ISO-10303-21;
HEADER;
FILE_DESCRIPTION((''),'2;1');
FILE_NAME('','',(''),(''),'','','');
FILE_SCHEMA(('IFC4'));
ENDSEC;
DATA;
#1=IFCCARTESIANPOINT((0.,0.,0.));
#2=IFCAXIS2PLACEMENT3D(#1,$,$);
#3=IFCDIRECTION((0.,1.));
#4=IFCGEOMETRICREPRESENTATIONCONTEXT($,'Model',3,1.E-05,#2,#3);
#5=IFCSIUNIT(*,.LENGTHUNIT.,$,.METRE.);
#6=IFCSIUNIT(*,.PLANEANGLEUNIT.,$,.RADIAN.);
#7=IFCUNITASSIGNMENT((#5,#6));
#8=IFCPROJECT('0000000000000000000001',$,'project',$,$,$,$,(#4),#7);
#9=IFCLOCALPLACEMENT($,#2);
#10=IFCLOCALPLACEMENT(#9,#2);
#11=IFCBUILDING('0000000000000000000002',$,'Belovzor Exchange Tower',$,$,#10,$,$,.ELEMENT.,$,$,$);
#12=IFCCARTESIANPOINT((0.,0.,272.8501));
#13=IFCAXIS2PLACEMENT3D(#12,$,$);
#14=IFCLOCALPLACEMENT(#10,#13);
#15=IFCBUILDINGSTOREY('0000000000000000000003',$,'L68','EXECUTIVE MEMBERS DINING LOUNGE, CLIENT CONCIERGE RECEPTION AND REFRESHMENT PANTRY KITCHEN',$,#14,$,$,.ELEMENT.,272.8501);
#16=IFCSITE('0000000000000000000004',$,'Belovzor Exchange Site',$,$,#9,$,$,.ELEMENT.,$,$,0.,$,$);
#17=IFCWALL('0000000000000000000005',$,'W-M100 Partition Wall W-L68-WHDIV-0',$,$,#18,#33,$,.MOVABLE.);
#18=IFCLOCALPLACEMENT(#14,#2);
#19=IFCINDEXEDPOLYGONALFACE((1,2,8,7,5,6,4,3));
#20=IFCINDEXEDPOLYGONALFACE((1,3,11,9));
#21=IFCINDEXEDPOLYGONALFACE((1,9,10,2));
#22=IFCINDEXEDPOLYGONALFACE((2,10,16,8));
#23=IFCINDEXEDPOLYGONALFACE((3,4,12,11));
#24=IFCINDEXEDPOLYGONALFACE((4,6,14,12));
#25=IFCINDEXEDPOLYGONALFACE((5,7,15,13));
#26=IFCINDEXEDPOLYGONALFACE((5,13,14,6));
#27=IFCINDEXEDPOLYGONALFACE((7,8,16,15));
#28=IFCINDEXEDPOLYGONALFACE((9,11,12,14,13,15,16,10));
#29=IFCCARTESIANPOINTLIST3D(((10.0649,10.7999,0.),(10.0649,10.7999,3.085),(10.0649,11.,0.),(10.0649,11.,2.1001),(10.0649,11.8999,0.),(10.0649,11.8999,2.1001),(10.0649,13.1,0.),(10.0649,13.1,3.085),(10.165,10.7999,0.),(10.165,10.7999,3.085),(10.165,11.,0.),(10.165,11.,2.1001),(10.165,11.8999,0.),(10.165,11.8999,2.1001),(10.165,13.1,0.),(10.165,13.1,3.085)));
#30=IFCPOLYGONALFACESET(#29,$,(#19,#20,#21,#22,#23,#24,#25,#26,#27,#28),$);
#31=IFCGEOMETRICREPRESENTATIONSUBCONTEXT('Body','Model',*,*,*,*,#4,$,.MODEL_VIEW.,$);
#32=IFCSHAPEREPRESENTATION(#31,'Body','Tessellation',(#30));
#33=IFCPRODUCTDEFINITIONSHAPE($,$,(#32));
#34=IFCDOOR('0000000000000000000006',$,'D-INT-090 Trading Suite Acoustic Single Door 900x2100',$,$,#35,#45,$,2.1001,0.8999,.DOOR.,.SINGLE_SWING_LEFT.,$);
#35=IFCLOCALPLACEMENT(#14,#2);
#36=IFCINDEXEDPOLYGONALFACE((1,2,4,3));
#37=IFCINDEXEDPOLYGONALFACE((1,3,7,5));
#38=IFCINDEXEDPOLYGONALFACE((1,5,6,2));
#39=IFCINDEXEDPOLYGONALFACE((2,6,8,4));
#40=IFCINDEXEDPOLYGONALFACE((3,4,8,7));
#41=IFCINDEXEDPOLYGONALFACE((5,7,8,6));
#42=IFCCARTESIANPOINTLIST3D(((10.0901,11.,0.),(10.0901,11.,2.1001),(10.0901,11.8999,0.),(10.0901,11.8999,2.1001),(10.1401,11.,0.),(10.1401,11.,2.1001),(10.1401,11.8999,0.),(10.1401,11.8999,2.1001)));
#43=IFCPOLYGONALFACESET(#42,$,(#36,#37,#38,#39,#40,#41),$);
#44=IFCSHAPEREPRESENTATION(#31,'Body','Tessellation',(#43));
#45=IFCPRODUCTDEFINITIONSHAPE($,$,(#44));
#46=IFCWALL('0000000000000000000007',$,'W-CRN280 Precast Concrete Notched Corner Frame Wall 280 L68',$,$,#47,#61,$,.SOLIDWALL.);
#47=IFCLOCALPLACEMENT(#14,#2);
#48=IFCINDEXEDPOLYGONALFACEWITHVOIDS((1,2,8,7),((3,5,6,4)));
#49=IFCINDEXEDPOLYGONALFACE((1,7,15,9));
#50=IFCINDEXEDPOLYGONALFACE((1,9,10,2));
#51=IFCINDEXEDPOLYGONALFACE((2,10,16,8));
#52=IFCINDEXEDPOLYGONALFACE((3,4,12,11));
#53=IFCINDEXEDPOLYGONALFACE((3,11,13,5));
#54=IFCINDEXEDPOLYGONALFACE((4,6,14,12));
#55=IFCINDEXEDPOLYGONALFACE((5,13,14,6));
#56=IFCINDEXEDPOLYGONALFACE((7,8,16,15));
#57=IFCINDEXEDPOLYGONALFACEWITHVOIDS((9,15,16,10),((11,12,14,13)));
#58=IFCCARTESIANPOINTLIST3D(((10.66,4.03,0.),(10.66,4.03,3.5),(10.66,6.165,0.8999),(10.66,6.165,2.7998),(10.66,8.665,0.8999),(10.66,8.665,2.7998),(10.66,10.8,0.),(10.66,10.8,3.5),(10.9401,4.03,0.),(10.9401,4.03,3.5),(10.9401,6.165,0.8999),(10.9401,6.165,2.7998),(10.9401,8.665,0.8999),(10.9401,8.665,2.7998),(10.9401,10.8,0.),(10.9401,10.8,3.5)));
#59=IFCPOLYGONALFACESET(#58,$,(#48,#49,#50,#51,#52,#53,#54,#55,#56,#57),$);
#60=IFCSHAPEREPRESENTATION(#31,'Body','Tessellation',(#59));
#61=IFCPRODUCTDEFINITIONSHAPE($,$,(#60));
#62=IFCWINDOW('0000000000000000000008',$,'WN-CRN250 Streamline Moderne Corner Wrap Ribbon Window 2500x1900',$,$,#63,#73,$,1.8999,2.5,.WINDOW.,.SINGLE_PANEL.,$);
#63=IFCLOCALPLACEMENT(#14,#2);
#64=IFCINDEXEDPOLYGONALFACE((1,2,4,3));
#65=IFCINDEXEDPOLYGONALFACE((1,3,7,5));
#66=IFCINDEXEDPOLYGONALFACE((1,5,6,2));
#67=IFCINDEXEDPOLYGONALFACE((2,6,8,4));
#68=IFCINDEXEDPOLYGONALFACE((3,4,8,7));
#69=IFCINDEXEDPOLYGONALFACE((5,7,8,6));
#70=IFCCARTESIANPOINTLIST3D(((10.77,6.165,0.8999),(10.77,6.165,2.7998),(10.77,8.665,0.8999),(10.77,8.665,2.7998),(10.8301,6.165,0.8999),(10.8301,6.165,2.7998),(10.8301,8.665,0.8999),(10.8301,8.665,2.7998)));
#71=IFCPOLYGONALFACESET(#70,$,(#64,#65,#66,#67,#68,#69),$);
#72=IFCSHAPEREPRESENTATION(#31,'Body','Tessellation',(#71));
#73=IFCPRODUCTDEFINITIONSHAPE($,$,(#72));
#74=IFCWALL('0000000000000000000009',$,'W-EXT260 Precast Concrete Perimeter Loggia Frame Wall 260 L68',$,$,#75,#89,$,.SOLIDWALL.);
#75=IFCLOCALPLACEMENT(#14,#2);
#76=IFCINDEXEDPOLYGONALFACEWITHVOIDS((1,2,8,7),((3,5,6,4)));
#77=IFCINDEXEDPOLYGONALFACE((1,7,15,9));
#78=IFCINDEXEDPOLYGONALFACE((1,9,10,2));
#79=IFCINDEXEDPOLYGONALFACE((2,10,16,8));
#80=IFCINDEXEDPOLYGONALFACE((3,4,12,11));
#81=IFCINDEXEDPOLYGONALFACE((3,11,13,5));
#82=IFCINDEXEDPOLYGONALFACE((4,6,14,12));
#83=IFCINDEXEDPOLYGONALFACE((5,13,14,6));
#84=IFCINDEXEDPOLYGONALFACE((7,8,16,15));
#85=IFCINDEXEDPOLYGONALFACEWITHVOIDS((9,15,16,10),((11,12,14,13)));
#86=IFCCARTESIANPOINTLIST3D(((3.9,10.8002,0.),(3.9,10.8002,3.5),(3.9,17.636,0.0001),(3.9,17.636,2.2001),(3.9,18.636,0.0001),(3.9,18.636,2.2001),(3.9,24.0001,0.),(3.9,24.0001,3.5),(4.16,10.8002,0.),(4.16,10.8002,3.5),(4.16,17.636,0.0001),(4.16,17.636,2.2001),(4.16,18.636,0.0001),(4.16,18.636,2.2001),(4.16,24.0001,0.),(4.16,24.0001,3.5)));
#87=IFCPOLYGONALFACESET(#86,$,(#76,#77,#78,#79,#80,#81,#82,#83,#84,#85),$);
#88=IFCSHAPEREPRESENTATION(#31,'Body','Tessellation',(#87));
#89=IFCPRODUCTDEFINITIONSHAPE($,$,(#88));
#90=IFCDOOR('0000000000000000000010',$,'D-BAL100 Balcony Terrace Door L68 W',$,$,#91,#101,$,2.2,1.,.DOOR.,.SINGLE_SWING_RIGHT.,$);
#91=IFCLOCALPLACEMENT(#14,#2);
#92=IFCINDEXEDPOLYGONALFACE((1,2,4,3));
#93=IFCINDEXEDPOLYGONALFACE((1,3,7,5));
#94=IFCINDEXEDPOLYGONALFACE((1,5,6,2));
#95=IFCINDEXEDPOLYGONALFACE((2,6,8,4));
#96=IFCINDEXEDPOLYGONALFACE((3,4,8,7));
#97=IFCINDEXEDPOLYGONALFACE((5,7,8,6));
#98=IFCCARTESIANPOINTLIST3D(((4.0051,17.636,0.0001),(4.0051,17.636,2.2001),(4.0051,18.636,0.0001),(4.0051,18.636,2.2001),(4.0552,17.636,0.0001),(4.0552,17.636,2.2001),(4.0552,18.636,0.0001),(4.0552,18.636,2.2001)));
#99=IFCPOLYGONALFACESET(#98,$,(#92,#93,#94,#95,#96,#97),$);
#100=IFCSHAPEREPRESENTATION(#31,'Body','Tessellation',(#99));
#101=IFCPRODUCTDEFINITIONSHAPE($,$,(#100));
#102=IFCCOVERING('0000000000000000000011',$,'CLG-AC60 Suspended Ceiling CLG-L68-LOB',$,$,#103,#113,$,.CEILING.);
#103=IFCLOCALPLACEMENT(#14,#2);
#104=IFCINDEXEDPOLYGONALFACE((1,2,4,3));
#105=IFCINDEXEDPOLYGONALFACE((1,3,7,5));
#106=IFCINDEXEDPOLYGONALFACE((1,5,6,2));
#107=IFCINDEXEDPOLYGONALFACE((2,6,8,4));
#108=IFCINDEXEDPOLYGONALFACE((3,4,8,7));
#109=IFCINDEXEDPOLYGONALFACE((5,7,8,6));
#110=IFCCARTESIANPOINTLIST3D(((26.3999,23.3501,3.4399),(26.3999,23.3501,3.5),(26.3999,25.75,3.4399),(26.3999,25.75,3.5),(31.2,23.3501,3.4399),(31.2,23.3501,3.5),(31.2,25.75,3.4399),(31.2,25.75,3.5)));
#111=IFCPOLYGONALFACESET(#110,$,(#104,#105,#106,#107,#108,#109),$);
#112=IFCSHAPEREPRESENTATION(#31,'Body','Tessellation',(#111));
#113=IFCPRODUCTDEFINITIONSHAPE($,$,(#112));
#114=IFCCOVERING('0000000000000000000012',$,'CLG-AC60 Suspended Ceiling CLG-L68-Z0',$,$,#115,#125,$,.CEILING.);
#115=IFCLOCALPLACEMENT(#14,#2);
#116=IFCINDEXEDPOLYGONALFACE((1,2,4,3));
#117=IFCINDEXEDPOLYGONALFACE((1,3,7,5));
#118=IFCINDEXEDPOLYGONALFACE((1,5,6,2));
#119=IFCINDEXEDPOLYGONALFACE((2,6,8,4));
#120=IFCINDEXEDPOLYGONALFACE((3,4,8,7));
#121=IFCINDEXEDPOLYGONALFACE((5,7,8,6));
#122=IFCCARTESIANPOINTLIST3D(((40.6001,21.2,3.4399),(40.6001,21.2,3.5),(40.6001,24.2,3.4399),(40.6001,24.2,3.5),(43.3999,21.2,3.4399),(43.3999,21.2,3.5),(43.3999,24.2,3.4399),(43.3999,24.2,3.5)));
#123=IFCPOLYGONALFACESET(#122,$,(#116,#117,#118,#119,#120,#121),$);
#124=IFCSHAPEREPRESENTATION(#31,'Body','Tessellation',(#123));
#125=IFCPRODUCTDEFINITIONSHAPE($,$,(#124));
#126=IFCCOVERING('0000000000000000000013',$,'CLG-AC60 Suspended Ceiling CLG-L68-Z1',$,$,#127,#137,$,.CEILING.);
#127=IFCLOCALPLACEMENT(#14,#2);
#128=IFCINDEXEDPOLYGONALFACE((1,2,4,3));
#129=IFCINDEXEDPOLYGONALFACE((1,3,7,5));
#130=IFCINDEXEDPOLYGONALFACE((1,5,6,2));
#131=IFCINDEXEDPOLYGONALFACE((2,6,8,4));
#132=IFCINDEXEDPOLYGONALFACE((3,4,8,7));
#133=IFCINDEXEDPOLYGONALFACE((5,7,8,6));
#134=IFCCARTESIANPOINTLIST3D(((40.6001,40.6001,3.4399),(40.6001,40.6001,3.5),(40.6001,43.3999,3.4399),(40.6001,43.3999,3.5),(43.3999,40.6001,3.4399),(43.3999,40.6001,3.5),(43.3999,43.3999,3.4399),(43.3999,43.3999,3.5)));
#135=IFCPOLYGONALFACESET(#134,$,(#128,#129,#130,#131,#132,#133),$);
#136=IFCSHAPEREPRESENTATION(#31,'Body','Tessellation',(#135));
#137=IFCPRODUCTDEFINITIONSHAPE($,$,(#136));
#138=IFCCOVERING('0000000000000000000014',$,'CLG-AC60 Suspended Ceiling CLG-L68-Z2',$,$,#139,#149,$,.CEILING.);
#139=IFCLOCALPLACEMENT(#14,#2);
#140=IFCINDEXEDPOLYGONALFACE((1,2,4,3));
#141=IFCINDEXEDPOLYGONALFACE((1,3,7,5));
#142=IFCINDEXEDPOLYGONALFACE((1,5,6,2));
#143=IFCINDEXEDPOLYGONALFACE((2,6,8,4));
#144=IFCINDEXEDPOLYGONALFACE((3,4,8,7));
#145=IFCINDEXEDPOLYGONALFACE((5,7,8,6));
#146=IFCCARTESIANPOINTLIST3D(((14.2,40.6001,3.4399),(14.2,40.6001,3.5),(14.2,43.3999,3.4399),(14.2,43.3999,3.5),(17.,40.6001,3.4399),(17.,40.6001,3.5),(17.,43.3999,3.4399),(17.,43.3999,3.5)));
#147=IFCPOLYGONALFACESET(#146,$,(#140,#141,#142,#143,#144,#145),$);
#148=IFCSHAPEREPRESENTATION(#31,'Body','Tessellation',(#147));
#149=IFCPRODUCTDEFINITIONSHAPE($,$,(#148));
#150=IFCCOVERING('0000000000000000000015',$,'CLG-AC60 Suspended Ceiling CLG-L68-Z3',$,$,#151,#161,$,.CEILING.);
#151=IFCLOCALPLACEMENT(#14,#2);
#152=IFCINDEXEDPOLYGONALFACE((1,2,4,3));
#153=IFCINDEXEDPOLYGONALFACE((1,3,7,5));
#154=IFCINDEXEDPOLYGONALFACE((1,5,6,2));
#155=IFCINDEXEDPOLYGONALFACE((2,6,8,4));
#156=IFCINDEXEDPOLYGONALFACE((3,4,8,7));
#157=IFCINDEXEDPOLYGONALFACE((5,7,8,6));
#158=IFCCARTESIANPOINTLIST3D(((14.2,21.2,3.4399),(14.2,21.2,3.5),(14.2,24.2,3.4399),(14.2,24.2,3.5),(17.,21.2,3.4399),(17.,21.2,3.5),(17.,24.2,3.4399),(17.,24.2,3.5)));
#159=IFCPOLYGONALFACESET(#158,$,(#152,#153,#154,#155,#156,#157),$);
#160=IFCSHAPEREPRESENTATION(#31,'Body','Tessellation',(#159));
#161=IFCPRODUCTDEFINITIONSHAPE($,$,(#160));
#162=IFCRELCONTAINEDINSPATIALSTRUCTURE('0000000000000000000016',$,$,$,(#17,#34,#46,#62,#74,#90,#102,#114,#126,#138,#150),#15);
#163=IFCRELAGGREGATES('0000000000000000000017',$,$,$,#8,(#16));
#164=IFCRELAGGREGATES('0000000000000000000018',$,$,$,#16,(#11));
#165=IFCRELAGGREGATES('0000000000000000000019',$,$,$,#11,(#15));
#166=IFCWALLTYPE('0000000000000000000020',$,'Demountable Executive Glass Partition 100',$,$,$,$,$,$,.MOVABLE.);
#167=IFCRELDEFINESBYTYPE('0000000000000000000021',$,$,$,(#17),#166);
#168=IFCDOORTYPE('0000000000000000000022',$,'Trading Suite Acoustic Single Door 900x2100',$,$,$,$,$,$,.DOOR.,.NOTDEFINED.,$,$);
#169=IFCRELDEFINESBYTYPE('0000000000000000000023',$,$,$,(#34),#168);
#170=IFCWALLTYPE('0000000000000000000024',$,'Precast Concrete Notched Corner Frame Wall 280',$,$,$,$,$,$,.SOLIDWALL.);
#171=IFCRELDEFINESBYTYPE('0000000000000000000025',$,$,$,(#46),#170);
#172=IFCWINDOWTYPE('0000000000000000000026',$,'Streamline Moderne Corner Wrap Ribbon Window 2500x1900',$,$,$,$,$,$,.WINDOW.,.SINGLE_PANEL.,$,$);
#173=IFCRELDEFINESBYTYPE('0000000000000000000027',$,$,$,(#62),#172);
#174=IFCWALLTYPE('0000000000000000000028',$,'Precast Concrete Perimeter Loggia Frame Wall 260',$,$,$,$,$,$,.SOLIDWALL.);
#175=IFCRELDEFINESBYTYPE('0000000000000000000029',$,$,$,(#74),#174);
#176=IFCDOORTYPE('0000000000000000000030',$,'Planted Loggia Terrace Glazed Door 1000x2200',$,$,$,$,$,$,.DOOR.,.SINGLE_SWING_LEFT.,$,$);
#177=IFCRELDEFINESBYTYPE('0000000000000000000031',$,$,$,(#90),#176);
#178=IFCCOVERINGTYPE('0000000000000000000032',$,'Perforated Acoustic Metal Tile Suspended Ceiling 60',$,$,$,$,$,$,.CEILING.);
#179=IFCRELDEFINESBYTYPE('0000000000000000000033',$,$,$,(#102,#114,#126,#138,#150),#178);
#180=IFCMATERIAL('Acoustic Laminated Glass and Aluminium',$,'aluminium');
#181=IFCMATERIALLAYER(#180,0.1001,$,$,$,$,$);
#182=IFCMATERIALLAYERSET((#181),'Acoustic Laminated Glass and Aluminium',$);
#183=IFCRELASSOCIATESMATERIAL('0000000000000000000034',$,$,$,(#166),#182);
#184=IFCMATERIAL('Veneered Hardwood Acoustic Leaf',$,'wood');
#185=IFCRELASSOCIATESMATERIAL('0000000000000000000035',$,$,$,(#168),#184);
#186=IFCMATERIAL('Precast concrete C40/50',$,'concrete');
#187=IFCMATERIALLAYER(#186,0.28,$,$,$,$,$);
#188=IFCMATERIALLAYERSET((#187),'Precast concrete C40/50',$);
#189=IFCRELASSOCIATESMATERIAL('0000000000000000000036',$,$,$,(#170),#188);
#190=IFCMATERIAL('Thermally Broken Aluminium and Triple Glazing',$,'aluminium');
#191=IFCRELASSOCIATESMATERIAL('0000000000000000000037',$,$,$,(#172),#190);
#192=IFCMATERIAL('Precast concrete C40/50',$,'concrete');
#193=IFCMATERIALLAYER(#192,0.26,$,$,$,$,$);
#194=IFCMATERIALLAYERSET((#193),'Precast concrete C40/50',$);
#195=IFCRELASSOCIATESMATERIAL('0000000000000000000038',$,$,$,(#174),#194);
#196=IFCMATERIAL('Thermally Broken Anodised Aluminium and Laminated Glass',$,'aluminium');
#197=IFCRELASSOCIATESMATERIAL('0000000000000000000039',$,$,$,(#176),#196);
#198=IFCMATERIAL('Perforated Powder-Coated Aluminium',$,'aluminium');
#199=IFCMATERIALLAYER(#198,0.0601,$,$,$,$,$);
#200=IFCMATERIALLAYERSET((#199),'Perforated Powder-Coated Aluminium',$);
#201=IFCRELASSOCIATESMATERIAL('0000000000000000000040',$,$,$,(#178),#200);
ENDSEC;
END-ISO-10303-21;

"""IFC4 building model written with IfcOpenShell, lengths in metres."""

from ifc_helpers import new_model, si_unit, direction, frame, frame_2d, origin, place, context, subcontext, project, spatial, polyline, rectangle, outline, extrude, material, layer, layer_set, type_object, element, fill, save


model = new_model("IFC4")

# Units and contexts
model_context = context("Model", 3, precision=1e-05, world=origin(), true_north=direction((0.0, 1.0)))
body_context = subcontext(model_context, "Body", "Model", "MODEL_VIEW")
ifc_project = project(units=[si_unit("LENGTHUNIT", "METRE"), si_unit("PLANEANGLEUNIT", "RADIAN")], contexts=[model_context])

# Site, building, storey
site_placement = place(None, origin())
site = spatial("IfcSite", under=ifc_project, at=site_placement, Name="Belovzor Exchange Site", CompositionType="ELEMENT", RefElevation=0.0)
building_placement = place(site_placement, origin())
building = spatial("IfcBuilding", under=site, at=building_placement, Name="Belovzor Exchange Tower", CompositionType="ELEMENT")
storey_placement = place(building_placement, frame((0.0, 0.0, 272.8501)))
storey = spatial("IfcBuildingStorey", under=building, at=storey_placement, Name="L68", Description="EXECUTIVE MEMBERS DINING LOUNGE, CLIENT CONCIERGE RECEPTION AND REFRESHMENT PANTRY KITCHEN", CompositionType="ELEMENT", Elevation=272.8501)

# Wall, opening, door
ifc_material_1 = material(Name="Acoustic Laminated Glass and Aluminium", Category="aluminium")
ifc_layer_1 = layer(ifc_material_1, 0.1001)
ifc_layer_set_1 = layer_set([ifc_layer_1], Name="Acoustic Laminated Glass and Aluminium")
wall_type_1 = type_object("IfcWallType", Name="Demountable Executive Glass Partition 100", PredefinedType="MOVABLE", material=ifc_layer_set_1)
wall_1_placement = place(storey_placement, frame((10.115, 10.8, 0.0), z_axis=(0.0, 0.0, 1.0), x_axis=(0.0, 1.0, 0.0)))
wall_1 = element("IfcWall", 1, at=wall_1_placement, inside=storey, type_object=wall_type_1, Name="W-M100 Partition Wall W-L68-WHDIV-0", PredefinedType="MOVABLE", context=body_context, shape_type="SweptSolid", body=[
    extrude(rectangle(XDim=2.3, YDim=0.1001, at=frame_2d((1.1499, 0.0))), origin(), (0.0, 0.0, 1.0), 3.085),
])
opening_1_placement = place(wall_1_placement, frame((0.2, 0.0, 0.0)))
opening_1 = element("IfcOpeningElement", 2, at=opening_1_placement, cuts=wall_1, PredefinedType="OPENING", context=body_context, shape_type="SweptSolid", body=[
    extrude(rectangle(XDim=0.8999, YDim=2.1001, at=frame_2d((0.45, 1.05))), frame((0.0, 0.0601, 0.0), z_axis=(0.0, -1.0, 0.0), x_axis=(1.0, 0.0, 0.0)), (0.0, 0.0, 1.0), 0.1201),
])
ifc_material_2 = material(Name="Veneered Hardwood Acoustic Leaf", Category="wood")
door_type_1 = type_object("IfcDoorType", Name="Trading Suite Acoustic Single Door 900x2100", OperationType="NOTDEFINED", PredefinedType="DOOR", material=ifc_material_2)
door_1_placement = place(opening_1_placement, origin())
door_1 = element("IfcDoor", 3, at=door_1_placement, inside=storey, type_object=door_type_1, Name="D-INT-090 Trading Suite Acoustic Single Door 900x2100", OperationType="SINGLE_SWING_LEFT", OverallHeight=2.1001, OverallWidth=0.8999, PredefinedType="DOOR", context=body_context, shape_type="SweptSolid", body=[
    extrude(rectangle(XDim=0.8999, YDim=2.1001, at=frame_2d((0.45, 1.05))), frame((0.0, 0.0249, 0.0), z_axis=(0.0, -1.0, 0.0), x_axis=(1.0, 0.0, 0.0)), (0.0, 0.0, 1.0), 0.05),
])
fill(opening_1, door_1)

# Wall, opening, window
ifc_material_3 = material(Name="Precast concrete C40/50", Category="concrete")
ifc_layer_2 = layer(ifc_material_3, 0.28)
ifc_layer_set_2 = layer_set([ifc_layer_2], Name="Precast concrete C40/50")
wall_type_2 = type_object("IfcWallType", Name="Precast Concrete Notched Corner Frame Wall 280", PredefinedType="SOLIDWALL", material=ifc_layer_set_2)
wall_2_placement = place(storey_placement, frame((10.8, 4.03, 0.0), z_axis=(0.0, 0.0, 1.0), x_axis=(0.0, 1.0, 0.0)))
wall_2 = element("IfcWall", 4, at=wall_2_placement, inside=storey, type_object=wall_type_2, Name="W-CRN280 Precast Concrete Notched Corner Frame Wall 280 L68", PredefinedType="SOLIDWALL", context=body_context, shape_type="SweptSolid", body=[
    extrude(rectangle(XDim=6.77, YDim=0.28, at=frame_2d((3.385, 0.0))), origin(), (0.0, 0.0, 1.0), 3.5),
])
opening_2_placement = place(wall_2_placement, frame((2.135, 0.0, 0.8999)))
opening_2 = element("IfcOpeningElement", 5, at=opening_2_placement, cuts=wall_2, PredefinedType="OPENING", context=body_context, shape_type="SweptSolid", body=[
    extrude(rectangle(XDim=2.5, YDim=1.8999, at=frame_2d((1.25, 0.95))), frame((0.0, 0.1499, 0.0), z_axis=(0.0, -1.0, 0.0), x_axis=(1.0, 0.0, 0.0)), (0.0, 0.0, 1.0), 0.3),
])
ifc_material_4 = material(Name="Thermally Broken Aluminium and Triple Glazing", Category="aluminium")
window_type = type_object("IfcWindowType", Name="Streamline Moderne Corner Wrap Ribbon Window 2500x1900", PartitioningType="SINGLE_PANEL", PredefinedType="WINDOW", material=ifc_material_4)
window_placement = place(opening_2_placement, origin())
window = element("IfcWindow", 6, at=window_placement, inside=storey, type_object=window_type, Name="WN-CRN250 Streamline Moderne Corner Wrap Ribbon Window 2500x1900", OverallHeight=1.8999, OverallWidth=2.5, PartitioningType="SINGLE_PANEL", PredefinedType="WINDOW", context=body_context, shape_type="SweptSolid", body=[
    extrude(rectangle(XDim=2.5, YDim=1.8999, at=frame_2d((1.25, 0.95))), frame((0.0, 0.03, 0.0), z_axis=(0.0, -1.0, 0.0), x_axis=(1.0, 0.0, 0.0)), (0.0, 0.0, 1.0), 0.0601),
])
fill(opening_2, window)

# Wall, opening, door
ifc_material_5 = material(Name="Precast concrete C40/50", Category="concrete")
ifc_layer_3 = layer(ifc_material_5, 0.26)
ifc_layer_set_3 = layer_set([ifc_layer_3], Name="Precast concrete C40/50")
wall_type_3 = type_object("IfcWallType", Name="Precast Concrete Perimeter Loggia Frame Wall 260", PredefinedType="SOLIDWALL", material=ifc_layer_set_3)
wall_3_placement = place(storey_placement, frame((4.03, 10.8, 0.0), z_axis=(0.0, 0.0, 1.0), x_axis=(0.0, 1.0, 0.0)))
wall_3 = element("IfcWall", 7, at=wall_3_placement, inside=storey, type_object=wall_type_3, Name="W-EXT260 Precast Concrete Perimeter Loggia Frame Wall 260 L68", PredefinedType="SOLIDWALL", context=body_context, shape_type="SweptSolid", body=[
    extrude(rectangle(XDim=13.2, YDim=0.26, at=frame_2d((6.6001, 0.0))), origin(), (0.0, 0.0, 1.0), 3.5),
])
opening_3_placement = place(wall_3_placement, frame((6.8359, 0.0, 0.0)))
opening_3 = element("IfcOpeningElement", 8, at=opening_3_placement, cuts=wall_3, PredefinedType="OPENING", context=body_context, shape_type="SweptSolid", body=[
    extrude(rectangle(XDim=1.0, YDim=2.2, at=frame_2d((0.5, 1.1001))), frame((0.0, 0.1399, 0.0), z_axis=(0.0, -1.0, 0.0), x_axis=(1.0, 0.0, 0.0)), (0.0, 0.0, 1.0), 0.28),
])
ifc_material_6 = material(Name="Thermally Broken Anodised Aluminium and Laminated Glass", Category="aluminium")
door_type_2 = type_object("IfcDoorType", Name="Planted Loggia Terrace Glazed Door 1000x2200", OperationType="SINGLE_SWING_LEFT", PredefinedType="DOOR", material=ifc_material_6)
door_2_placement = place(opening_3_placement, origin())
door_2 = element("IfcDoor", 9, at=door_2_placement, inside=storey, type_object=door_type_2, Name="D-BAL100 Balcony Terrace Door L68 W", OperationType="SINGLE_SWING_RIGHT", OverallHeight=2.2, OverallWidth=1.0, PredefinedType="DOOR", context=body_context, shape_type="SweptSolid", body=[
    extrude(rectangle(XDim=1.0, YDim=2.2, at=frame_2d((0.5, 1.1001))), frame((0.0, 0.0249, 0.0), z_axis=(0.0, -1.0, 0.0), x_axis=(1.0, 0.0, 0.0)), (0.0, 0.0, 1.0), 0.05),
])
fill(opening_3, door_2)

# Coverings
ifc_material_7 = material(Name="Perforated Powder-Coated Aluminium", Category="aluminium")
ifc_layer_4 = layer(ifc_material_7, 0.0601)
ifc_layer_set_4 = layer_set([ifc_layer_4], Name="Perforated Powder-Coated Aluminium")
covering_type_1 = type_object("IfcCoveringType", Name="Perforated Acoustic Metal Tile Suspended Ceiling 60", PredefinedType="CEILING", material=ifc_layer_set_4)
covering_1_placement = place(storey_placement, frame((0.0, 0.0, 3.4399)))
element("IfcCovering", 10, at=covering_1_placement, inside=storey, type_object=covering_type_1, Name="CLG-AC60 Suspended Ceiling CLG-L68-LOB", PredefinedType="CEILING", context=body_context, shape_type="SweptSolid", body=[
    extrude(outline(polyline([(26.3999, 23.3501), (31.2, 23.3501), (31.2, 25.75), (26.3999, 25.75), (26.3999, 23.3501)])), origin(), (0.0, 0.0, 1.0), 0.0601),
])
covering_2_placement = place(storey_placement, frame((0.0, 0.0, 3.4399)))
element("IfcCovering", 11, at=covering_2_placement, inside=storey, type_object=covering_type_1, Name="CLG-AC60 Suspended Ceiling CLG-L68-Z0", PredefinedType="CEILING", context=body_context, shape_type="SweptSolid", body=[
    extrude(outline(polyline([(40.6001, 21.2), (43.3999, 21.2), (43.3999, 24.2), (40.6001, 24.2), (40.6001, 21.2)])), origin(), (0.0, 0.0, 1.0), 0.0601),
])
covering_3_placement = place(storey_placement, frame((0.0, 0.0, 3.4399)))
element("IfcCovering", 12, at=covering_3_placement, inside=storey, type_object=covering_type_1, Name="CLG-AC60 Suspended Ceiling CLG-L68-Z1", PredefinedType="CEILING", context=body_context, shape_type="SweptSolid", body=[
    extrude(outline(polyline([(40.6001, 40.6001), (43.3999, 40.6001), (43.3999, 43.3999), (40.6001, 43.3999), (40.6001, 40.6001)])), origin(), (0.0, 0.0, 1.0), 0.0601),
])
covering_4_placement = place(storey_placement, frame((0.0, 0.0, 3.4399)))
element("IfcCovering", 13, at=covering_4_placement, inside=storey, type_object=covering_type_1, Name="CLG-AC60 Suspended Ceiling CLG-L68-Z2", PredefinedType="CEILING", context=body_context, shape_type="SweptSolid", body=[
    extrude(outline(polyline([(14.2, 40.6001), (17.0, 40.6001), (17.0, 43.3999), (14.2, 43.3999), (14.2, 40.6001)])), origin(), (0.0, 0.0, 1.0), 0.0601),
])
covering_5_placement = place(storey_placement, frame((0.0, 0.0, 3.4399)))
element("IfcCovering", 14, at=covering_5_placement, inside=storey, type_object=covering_type_1, Name="CLG-AC60 Suspended Ceiling CLG-L68-Z3", PredefinedType="CEILING", context=body_context, shape_type="SweptSolid", body=[
    extrude(outline(polyline([(14.2, 21.2), (17.0, 21.2), (17.0, 24.2), (14.2, 24.2), (14.2, 21.2)])), origin(), (0.0, 0.0, 1.0), 0.0601),
])

save(model, "model.ifc")
